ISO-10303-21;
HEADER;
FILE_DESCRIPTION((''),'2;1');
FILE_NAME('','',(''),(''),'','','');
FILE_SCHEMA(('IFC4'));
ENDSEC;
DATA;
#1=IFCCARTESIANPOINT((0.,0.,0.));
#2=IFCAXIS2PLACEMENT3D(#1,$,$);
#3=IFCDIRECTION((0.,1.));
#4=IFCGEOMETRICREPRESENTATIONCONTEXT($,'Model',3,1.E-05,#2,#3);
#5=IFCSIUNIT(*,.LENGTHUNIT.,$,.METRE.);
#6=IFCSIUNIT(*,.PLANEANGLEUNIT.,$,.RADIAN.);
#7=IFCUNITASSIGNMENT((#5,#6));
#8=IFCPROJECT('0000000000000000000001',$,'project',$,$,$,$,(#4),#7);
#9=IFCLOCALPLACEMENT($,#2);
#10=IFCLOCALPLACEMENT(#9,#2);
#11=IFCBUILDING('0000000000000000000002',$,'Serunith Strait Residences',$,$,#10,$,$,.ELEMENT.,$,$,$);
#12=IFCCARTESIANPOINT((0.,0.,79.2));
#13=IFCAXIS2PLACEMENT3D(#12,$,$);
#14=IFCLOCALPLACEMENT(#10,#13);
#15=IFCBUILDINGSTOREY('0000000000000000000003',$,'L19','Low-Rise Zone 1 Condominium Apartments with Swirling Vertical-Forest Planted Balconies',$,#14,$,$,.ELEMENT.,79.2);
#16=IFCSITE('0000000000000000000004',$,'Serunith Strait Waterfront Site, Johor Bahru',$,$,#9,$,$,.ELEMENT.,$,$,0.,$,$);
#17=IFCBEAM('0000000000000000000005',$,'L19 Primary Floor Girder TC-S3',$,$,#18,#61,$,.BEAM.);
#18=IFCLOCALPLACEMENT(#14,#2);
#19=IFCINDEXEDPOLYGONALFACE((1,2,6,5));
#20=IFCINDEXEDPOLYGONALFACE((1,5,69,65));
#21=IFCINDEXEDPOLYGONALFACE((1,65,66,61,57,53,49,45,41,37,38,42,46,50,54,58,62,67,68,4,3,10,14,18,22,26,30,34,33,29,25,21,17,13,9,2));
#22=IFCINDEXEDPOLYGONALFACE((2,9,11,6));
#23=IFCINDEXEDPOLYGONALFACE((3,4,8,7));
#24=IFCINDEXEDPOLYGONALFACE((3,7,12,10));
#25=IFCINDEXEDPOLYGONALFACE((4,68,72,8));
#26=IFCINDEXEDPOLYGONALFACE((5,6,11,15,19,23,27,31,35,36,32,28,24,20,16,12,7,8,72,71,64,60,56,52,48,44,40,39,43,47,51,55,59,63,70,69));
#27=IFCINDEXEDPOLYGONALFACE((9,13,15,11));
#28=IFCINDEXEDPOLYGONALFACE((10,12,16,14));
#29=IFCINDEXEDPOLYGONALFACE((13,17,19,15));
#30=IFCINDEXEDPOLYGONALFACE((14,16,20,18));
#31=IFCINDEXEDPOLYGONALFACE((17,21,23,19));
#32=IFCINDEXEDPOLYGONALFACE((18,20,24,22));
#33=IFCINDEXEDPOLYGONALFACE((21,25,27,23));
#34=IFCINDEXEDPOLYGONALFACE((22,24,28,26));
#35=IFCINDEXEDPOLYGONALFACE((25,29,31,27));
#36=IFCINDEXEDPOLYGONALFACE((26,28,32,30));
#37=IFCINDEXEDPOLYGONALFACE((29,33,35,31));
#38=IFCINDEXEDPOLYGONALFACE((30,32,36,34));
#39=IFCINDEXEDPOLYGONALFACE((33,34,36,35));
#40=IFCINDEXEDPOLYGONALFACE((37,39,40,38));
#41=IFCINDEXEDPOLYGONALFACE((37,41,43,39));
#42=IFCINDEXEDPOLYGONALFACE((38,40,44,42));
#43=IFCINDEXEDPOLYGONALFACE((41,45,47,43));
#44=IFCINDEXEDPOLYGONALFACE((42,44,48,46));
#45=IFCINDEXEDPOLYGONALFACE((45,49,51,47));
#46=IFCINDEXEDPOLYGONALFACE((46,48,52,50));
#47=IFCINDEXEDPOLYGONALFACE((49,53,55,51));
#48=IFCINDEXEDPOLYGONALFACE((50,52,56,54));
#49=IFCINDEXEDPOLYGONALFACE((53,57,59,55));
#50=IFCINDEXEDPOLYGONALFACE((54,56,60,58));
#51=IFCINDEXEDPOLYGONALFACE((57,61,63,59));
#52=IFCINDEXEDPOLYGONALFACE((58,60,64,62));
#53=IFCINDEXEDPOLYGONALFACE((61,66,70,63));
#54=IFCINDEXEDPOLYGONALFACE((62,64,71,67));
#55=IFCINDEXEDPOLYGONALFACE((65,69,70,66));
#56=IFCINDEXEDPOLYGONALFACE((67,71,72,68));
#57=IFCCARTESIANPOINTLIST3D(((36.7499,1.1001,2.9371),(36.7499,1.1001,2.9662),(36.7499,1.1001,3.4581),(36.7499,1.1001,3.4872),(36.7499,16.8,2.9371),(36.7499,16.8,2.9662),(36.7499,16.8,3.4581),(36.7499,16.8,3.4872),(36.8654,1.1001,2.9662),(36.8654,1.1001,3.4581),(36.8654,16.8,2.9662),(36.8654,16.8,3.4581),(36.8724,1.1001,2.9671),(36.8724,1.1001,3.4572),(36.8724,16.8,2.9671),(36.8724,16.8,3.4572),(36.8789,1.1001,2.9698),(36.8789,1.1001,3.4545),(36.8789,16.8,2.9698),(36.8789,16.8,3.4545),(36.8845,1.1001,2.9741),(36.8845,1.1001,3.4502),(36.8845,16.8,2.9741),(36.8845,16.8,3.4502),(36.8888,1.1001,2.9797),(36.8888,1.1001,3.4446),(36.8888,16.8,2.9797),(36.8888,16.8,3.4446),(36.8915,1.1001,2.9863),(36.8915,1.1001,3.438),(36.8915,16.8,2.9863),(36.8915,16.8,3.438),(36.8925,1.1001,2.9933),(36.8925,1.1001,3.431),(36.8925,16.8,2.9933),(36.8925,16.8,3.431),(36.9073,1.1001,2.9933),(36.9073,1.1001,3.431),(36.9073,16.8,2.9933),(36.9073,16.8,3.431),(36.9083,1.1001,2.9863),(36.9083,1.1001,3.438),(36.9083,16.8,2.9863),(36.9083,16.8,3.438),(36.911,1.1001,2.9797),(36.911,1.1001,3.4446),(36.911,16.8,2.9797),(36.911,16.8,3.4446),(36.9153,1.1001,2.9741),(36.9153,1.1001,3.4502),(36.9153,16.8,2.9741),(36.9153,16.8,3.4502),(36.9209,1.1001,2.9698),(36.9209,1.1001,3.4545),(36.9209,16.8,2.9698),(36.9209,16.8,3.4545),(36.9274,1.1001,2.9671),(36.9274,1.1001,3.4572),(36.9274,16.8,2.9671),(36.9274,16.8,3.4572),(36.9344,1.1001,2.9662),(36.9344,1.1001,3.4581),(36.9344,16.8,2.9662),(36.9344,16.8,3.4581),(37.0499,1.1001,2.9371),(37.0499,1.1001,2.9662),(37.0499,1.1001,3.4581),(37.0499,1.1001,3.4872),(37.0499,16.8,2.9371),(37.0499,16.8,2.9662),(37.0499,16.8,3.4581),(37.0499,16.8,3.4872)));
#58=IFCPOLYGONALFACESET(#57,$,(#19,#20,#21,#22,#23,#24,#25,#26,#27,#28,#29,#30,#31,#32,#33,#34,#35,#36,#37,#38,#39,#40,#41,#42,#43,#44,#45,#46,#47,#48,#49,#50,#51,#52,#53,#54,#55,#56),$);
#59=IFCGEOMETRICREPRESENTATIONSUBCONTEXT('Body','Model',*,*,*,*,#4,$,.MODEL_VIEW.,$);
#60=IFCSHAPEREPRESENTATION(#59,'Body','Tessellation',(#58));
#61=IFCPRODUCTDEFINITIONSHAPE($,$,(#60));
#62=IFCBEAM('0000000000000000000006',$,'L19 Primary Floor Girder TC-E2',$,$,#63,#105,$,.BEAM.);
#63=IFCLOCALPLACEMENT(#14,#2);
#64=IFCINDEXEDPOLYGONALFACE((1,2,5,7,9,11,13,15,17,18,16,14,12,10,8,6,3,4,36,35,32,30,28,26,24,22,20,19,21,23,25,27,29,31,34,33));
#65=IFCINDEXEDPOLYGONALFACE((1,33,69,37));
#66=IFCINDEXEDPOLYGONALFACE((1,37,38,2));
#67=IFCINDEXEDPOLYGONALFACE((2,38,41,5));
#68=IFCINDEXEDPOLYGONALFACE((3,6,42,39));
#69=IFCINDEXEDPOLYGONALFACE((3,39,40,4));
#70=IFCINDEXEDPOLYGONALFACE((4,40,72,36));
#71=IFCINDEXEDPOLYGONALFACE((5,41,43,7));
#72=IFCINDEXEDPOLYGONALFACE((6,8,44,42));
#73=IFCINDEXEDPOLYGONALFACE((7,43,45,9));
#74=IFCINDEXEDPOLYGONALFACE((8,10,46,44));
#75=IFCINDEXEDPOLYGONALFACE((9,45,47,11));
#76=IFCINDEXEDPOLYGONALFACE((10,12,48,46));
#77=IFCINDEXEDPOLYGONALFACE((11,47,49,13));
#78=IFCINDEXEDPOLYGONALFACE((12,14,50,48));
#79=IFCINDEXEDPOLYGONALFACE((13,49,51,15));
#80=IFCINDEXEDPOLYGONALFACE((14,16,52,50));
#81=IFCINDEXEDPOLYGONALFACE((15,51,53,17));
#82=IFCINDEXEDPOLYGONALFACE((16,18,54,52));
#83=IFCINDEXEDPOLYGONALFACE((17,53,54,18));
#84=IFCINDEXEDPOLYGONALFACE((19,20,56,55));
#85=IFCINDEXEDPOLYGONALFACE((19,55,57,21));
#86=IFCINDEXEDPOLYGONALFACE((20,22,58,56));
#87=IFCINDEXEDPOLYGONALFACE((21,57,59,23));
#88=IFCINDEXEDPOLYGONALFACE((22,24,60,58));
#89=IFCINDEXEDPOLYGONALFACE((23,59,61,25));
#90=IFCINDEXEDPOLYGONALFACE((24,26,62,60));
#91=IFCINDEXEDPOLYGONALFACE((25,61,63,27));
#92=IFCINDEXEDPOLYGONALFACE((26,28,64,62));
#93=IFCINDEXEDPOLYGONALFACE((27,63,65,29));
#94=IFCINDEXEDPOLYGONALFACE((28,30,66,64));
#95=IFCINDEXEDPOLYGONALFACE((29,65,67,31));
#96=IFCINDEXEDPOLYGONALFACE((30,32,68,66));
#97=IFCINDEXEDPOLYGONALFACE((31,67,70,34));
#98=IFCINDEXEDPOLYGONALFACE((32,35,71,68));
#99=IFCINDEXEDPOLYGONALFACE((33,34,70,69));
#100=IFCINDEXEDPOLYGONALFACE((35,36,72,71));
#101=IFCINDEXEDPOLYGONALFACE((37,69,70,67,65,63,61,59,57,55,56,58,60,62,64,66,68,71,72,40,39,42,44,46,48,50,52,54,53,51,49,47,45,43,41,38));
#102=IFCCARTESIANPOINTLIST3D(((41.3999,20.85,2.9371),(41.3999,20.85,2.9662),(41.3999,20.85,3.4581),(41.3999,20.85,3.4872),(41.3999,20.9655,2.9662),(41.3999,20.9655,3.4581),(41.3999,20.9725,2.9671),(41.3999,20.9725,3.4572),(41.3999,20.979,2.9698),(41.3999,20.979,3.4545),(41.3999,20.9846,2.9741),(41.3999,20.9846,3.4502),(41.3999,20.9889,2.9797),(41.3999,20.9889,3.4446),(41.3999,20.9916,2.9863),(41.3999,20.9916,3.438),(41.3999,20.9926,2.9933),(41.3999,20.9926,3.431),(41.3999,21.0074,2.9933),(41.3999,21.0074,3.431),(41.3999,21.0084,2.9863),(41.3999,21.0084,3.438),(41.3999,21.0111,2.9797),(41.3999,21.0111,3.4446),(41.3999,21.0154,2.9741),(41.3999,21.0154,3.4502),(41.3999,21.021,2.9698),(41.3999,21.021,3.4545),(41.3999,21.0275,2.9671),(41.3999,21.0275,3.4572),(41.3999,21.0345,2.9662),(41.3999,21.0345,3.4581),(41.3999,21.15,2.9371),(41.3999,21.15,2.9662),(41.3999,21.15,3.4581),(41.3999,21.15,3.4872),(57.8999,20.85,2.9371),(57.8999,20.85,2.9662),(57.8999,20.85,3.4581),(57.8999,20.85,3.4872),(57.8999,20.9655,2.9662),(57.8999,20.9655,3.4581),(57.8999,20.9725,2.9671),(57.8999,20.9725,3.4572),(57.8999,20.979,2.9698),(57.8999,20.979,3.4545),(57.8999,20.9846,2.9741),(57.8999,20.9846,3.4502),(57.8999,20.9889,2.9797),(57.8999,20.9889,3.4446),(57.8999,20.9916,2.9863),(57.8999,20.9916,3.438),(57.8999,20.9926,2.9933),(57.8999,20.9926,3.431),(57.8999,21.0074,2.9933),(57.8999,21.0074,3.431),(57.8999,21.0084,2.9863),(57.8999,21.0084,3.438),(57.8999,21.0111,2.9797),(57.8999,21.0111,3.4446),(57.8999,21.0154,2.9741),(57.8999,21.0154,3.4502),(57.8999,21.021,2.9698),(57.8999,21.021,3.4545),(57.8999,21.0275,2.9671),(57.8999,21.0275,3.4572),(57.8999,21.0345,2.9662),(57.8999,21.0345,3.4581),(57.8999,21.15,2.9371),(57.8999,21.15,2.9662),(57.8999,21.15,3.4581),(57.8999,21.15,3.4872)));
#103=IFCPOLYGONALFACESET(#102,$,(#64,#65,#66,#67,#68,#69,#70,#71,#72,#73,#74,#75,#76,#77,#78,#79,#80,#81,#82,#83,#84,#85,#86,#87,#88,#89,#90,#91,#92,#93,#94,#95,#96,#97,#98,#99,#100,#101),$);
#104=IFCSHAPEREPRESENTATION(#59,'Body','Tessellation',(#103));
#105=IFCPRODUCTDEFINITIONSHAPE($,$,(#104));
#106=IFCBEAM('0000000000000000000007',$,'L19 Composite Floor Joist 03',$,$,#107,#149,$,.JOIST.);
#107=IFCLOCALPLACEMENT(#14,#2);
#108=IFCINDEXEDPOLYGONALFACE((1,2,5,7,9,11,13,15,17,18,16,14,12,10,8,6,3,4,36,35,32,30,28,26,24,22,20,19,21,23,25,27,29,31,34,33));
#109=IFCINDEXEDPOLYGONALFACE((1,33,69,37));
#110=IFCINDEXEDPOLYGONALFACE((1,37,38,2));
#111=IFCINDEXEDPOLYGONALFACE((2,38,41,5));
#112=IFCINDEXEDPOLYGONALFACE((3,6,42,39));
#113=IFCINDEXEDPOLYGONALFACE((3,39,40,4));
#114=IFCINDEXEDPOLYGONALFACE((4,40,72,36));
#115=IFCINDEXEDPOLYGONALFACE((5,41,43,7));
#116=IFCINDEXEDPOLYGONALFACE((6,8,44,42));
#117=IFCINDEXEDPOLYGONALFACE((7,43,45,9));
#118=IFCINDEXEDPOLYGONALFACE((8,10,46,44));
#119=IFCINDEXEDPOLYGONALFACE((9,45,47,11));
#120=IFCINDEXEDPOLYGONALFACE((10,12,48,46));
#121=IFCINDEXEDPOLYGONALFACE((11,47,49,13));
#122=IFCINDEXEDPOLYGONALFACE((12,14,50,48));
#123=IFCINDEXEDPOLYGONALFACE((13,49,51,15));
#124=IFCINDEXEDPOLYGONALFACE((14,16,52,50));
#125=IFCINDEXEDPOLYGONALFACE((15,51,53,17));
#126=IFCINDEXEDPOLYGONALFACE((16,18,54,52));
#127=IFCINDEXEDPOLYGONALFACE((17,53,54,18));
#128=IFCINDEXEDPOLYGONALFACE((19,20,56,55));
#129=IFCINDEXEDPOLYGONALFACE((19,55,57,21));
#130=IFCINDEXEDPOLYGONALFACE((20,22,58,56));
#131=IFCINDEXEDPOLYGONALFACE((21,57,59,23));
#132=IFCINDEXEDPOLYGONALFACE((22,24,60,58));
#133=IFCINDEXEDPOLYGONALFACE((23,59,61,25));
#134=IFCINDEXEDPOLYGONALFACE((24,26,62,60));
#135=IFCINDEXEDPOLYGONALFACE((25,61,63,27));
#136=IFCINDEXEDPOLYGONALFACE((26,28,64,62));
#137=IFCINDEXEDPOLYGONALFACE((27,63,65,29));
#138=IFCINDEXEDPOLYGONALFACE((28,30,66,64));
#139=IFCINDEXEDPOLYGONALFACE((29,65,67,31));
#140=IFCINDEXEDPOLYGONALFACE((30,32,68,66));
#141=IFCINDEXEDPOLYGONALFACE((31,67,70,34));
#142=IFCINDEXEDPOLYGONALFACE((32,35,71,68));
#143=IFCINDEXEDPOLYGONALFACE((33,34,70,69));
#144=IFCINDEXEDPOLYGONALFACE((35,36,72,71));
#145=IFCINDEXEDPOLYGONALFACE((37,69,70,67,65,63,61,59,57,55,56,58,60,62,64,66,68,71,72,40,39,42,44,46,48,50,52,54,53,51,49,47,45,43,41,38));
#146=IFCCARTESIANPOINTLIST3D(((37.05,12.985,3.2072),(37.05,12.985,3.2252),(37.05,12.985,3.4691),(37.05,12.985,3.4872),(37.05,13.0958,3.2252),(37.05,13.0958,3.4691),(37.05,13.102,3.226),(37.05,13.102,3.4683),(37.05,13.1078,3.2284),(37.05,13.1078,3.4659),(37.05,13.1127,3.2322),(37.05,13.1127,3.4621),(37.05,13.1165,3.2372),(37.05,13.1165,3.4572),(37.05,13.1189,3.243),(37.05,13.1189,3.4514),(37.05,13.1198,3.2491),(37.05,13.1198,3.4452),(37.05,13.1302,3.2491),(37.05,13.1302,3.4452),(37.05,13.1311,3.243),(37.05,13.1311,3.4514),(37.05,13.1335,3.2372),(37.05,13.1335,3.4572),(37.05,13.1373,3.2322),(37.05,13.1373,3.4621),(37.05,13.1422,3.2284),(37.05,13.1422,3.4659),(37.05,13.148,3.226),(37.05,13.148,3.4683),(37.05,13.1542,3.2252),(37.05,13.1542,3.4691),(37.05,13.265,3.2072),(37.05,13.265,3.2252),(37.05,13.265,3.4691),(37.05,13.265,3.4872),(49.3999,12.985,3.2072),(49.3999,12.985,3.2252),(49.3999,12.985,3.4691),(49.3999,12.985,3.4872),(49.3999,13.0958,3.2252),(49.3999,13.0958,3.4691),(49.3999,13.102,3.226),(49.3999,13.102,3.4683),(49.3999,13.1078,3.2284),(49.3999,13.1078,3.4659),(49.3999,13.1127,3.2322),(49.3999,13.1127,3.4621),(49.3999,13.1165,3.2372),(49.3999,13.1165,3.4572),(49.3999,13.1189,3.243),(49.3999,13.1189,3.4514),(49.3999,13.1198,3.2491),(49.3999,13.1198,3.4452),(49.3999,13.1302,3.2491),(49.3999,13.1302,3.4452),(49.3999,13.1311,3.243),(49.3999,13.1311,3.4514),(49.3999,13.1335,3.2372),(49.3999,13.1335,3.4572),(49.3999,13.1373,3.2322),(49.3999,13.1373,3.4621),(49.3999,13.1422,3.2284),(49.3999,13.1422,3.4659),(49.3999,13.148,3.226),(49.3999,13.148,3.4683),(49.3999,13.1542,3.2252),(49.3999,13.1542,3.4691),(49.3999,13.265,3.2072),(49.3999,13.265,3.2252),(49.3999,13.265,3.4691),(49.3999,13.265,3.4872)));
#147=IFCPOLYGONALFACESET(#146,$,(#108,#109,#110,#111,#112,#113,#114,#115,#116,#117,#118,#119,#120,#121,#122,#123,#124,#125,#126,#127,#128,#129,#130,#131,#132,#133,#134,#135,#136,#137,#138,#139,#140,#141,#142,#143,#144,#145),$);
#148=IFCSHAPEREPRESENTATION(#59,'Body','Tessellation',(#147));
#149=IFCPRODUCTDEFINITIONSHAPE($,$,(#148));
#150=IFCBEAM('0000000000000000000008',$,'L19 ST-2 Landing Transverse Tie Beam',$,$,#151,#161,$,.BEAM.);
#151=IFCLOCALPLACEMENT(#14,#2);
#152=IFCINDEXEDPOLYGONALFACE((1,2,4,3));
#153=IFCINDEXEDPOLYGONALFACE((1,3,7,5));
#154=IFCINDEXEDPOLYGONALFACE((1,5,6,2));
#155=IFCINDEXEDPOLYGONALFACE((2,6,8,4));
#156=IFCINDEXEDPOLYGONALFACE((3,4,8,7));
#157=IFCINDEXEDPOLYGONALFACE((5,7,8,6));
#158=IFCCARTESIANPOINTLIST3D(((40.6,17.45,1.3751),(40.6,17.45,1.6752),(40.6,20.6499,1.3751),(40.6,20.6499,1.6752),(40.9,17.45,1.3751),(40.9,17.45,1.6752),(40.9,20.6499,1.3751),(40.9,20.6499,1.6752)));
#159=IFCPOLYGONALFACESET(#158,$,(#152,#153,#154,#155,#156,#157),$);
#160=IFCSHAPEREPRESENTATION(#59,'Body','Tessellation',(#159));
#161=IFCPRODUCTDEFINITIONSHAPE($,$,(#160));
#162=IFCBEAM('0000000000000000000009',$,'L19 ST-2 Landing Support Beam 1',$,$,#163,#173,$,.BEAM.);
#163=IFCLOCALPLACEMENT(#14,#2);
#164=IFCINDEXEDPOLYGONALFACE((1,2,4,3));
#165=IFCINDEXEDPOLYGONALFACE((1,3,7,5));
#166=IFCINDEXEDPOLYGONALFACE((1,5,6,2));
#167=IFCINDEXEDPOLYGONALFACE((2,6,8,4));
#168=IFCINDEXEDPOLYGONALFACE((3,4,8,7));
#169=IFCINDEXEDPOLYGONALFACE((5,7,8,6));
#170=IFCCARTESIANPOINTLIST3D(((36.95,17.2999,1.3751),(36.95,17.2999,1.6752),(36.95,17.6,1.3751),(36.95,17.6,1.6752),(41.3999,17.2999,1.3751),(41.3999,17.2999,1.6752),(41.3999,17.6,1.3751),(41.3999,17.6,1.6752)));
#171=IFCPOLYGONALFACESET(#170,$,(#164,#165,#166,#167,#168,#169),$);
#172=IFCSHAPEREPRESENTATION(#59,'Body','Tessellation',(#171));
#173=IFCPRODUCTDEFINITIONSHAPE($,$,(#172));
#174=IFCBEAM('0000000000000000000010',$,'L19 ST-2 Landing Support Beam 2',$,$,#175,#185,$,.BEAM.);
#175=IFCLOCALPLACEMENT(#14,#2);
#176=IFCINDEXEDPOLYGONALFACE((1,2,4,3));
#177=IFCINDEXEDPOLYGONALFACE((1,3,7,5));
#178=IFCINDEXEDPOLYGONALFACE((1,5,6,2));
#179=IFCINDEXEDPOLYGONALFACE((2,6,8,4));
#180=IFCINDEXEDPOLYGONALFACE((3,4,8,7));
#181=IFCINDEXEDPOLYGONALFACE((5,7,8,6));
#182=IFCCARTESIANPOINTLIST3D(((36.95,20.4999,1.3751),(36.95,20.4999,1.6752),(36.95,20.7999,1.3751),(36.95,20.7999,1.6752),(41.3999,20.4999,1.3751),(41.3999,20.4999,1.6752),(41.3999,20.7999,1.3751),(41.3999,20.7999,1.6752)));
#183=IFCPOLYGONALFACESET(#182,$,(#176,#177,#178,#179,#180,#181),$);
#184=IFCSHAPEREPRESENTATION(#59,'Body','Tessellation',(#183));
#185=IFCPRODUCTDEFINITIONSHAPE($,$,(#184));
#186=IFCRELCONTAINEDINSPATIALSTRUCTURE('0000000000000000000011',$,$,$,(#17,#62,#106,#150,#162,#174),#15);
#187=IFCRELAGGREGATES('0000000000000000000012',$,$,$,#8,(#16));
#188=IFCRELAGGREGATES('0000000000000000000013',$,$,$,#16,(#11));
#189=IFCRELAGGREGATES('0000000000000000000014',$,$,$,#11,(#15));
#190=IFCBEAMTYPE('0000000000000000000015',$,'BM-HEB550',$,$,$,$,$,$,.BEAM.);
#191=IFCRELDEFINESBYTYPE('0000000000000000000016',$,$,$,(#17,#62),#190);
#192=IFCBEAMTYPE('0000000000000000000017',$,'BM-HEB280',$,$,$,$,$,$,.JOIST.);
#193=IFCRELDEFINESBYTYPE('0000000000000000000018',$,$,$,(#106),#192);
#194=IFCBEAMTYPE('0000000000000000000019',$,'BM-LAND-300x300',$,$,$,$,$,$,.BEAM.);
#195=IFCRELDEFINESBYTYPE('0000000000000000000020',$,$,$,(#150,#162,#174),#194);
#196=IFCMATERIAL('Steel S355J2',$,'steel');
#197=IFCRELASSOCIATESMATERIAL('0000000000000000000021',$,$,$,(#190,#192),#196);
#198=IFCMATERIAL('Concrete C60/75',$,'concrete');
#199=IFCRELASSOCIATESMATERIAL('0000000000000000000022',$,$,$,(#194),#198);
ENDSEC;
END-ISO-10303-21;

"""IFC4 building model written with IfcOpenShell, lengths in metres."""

from ifc_helpers import new_model, si_unit, direction, frame, origin, origin_2d, place, context, subcontext, project, spatial, rectangle, i_section, extrude, source, transform, mapped, material, material_profile, profile_set, type_object, element, save


model = new_model("IFC4")

# Units and contexts
model_context = context("Model", 3, precision=1e-05, world=origin(), true_north=direction((0.0, 1.0)))
body_context = subcontext(model_context, "Body", "Model", "MODEL_VIEW")
ifc_project = project(units=[si_unit("LENGTHUNIT", "METRE"), si_unit("PLANEANGLEUNIT", "RADIAN")], contexts=[model_context])

# Site, building, storey
site_placement = place(None, origin())
site = spatial("IfcSite", under=ifc_project, at=site_placement, Name="Serunith Strait Waterfront Site, Johor Bahru", CompositionType="ELEMENT", RefElevation=0.0)
building_placement = place(site_placement, origin())
building = spatial("IfcBuilding", under=site, at=building_placement, Name="Serunith Strait Residences", CompositionType="ELEMENT")
storey_placement = place(building_placement, frame((0.0, 0.0, 79.2)))
storey = spatial("IfcBuildingStorey", under=building, at=storey_placement, Name="L19", Description="Low-Rise Zone 1 Condominium Apartments with Swirling Vertical-Forest Planted Balconies", CompositionType="ELEMENT", Elevation=79.2)

# Beams
ifc_material_1 = material(Name="Steel S355J2", Category="steel")
ifc_material_profile_1 = material_profile(ifc_material_1, i_section(OverallWidth=0.3, OverallDepth=0.55, WebThickness=0.0149, FlangeThickness=0.0291, FilletRadius=0.0271, at=origin_2d()), Name="HEB 550")
ifc_profile_set_1 = profile_set([ifc_material_profile_1], Name="Steel S355J2")
beam_type_1 = type_object("IfcBeamType", Name="BM-HEB550", PredefinedType="BEAM", material=ifc_profile_set_1)
shared_shape_1 = source(origin(), body_context, "Body", "SweptSolid", [
    extrude(i_section(OverallWidth=0.3, OverallDepth=0.55, WebThickness=0.0149, FlangeThickness=0.0291, FilletRadius=0.0271, at=origin_2d()), origin(), (0.0, 0.0, 1.0), 15.7),
])
beam_1_placement = place(storey_placement, frame((36.8999, 16.8, 3.2122), z_axis=(0.0, -1.0, 0.0), x_axis=(1.0, 0.0, 0.0)))
element("IfcBeam", 1, at=beam_1_placement, inside=storey, type_object=beam_type_1, Name="L19 Primary Floor Girder TC-S3", PredefinedType="BEAM", context=body_context, shape_type="MappedRepresentation", body=[
    mapped(shared_shape_1, transform((0.0, 0.0, 0.0), scale=1.0)),
])
shared_shape_2 = source(origin(), body_context, "Body", "SweptSolid", [
    extrude(i_section(OverallWidth=0.3, OverallDepth=0.55, WebThickness=0.0149, FlangeThickness=0.0291, FilletRadius=0.0271, at=origin_2d()), origin(), (0.0, 0.0, 1.0), 16.5),
])
beam_2_placement = place(storey_placement, frame((41.3999, 21.0, 3.2122), z_axis=(1.0, 0.0, 0.0), x_axis=(0.0, 1.0, 0.0)))
element("IfcBeam", 2, at=beam_2_placement, inside=storey, type_object=beam_type_1, Name="L19 Primary Floor Girder TC-E2", PredefinedType="BEAM", context=body_context, shape_type="MappedRepresentation", body=[
    mapped(shared_shape_2, transform((0.0, 0.0, 0.0), scale=1.0)),
])
ifc_material_profile_2 = material_profile(ifc_material_1, i_section(OverallWidth=0.28, OverallDepth=0.28, WebThickness=0.0105, FlangeThickness=0.0181, FilletRadius=0.0239, at=origin_2d()), Name="HEB 280")
ifc_profile_set_2 = profile_set([ifc_material_profile_2], Name="Steel S355J2")
beam_type_2 = type_object("IfcBeamType", Name="BM-HEB280", PredefinedType="JOIST", material=ifc_profile_set_2)
shared_shape_3 = source(origin(), body_context, "Body", "SweptSolid", [
    extrude(i_section(OverallWidth=0.28, OverallDepth=0.28, WebThickness=0.0105, FlangeThickness=0.0181, FilletRadius=0.0239, at=origin_2d()), origin(), (0.0, 0.0, 1.0), 12.3499),
])
beam_3_placement = place(storey_placement, frame((37.05, 13.125, 3.3472), z_axis=(1.0, 0.0, 0.0), x_axis=(0.0, 1.0, 0.0)))
element("IfcBeam", 3, at=beam_3_placement, inside=storey, type_object=beam_type_2, Name="L19 Composite Floor Joist 03", PredefinedType="JOIST", context=body_context, shape_type="MappedRepresentation", body=[
    mapped(shared_shape_3, transform((0.0, 0.0, 0.0), scale=1.0)),
])
ifc_material_2 = material(Name="Concrete C60/75", Category="concrete")
ifc_material_profile_3 = material_profile(ifc_material_2, rectangle(XDim=0.3, YDim=0.3, at=origin_2d()), Name="RC 300x300")
ifc_profile_set_3 = profile_set([ifc_material_profile_3], Name="Concrete C60/75")
beam_type_3 = type_object("IfcBeamType", Name="BM-LAND-300x300", PredefinedType="BEAM", material=ifc_profile_set_3)
shared_shape_4 = source(origin(), body_context, "Body", "SweptSolid", [
    extrude(rectangle(XDim=0.3, YDim=0.3, at=origin_2d()), origin(), (0.0, 0.0, 1.0), 3.2),
])
beam_4_placement = place(storey_placement, frame((40.75, 17.45, 1.5251), z_axis=(0.0, 1.0, 0.0), x_axis=(-1.0, 0.0, 0.0)))
element("IfcBeam", 4, at=beam_4_placement, inside=storey, type_object=beam_type_3, Name="L19 ST-2 Landing Transverse Tie Beam", PredefinedType="BEAM", context=body_context, shape_type="MappedRepresentation", body=[
    mapped(shared_shape_4, transform((0.0, 0.0, 0.0), scale=1.0)),
])
shared_shape_5 = source(origin(), body_context, "Body", "SweptSolid", [
    extrude(rectangle(XDim=0.3, YDim=0.3, at=origin_2d()), origin(), (0.0, 0.0, 1.0), 4.45),
])
for number, where, z_axis, x_axis, name in (
    (5, (36.95, 17.45, 1.5251), (1.0, 0.0, 0.0), (0.0, 1.0, 0.0), "L19 ST-2 Landing Support Beam 1"),
    (6, (36.95, 20.6499, 1.5251), (1.0, 0.0, 0.0), (0.0, 1.0, 0.0), "L19 ST-2 Landing Support Beam 2"),
):
    element("IfcBeam", number, at=place(storey_placement, frame(where, z_axis=z_axis, x_axis=x_axis)), inside=storey, type_object=beam_type_3, Name=name, PredefinedType="BEAM", context=body_context, shape_type="MappedRepresentation", body=[
        mapped(shared_shape_5, transform((0.0, 0.0, 0.0), scale=1.0)),
    ])

save(model, "model.ifc")
